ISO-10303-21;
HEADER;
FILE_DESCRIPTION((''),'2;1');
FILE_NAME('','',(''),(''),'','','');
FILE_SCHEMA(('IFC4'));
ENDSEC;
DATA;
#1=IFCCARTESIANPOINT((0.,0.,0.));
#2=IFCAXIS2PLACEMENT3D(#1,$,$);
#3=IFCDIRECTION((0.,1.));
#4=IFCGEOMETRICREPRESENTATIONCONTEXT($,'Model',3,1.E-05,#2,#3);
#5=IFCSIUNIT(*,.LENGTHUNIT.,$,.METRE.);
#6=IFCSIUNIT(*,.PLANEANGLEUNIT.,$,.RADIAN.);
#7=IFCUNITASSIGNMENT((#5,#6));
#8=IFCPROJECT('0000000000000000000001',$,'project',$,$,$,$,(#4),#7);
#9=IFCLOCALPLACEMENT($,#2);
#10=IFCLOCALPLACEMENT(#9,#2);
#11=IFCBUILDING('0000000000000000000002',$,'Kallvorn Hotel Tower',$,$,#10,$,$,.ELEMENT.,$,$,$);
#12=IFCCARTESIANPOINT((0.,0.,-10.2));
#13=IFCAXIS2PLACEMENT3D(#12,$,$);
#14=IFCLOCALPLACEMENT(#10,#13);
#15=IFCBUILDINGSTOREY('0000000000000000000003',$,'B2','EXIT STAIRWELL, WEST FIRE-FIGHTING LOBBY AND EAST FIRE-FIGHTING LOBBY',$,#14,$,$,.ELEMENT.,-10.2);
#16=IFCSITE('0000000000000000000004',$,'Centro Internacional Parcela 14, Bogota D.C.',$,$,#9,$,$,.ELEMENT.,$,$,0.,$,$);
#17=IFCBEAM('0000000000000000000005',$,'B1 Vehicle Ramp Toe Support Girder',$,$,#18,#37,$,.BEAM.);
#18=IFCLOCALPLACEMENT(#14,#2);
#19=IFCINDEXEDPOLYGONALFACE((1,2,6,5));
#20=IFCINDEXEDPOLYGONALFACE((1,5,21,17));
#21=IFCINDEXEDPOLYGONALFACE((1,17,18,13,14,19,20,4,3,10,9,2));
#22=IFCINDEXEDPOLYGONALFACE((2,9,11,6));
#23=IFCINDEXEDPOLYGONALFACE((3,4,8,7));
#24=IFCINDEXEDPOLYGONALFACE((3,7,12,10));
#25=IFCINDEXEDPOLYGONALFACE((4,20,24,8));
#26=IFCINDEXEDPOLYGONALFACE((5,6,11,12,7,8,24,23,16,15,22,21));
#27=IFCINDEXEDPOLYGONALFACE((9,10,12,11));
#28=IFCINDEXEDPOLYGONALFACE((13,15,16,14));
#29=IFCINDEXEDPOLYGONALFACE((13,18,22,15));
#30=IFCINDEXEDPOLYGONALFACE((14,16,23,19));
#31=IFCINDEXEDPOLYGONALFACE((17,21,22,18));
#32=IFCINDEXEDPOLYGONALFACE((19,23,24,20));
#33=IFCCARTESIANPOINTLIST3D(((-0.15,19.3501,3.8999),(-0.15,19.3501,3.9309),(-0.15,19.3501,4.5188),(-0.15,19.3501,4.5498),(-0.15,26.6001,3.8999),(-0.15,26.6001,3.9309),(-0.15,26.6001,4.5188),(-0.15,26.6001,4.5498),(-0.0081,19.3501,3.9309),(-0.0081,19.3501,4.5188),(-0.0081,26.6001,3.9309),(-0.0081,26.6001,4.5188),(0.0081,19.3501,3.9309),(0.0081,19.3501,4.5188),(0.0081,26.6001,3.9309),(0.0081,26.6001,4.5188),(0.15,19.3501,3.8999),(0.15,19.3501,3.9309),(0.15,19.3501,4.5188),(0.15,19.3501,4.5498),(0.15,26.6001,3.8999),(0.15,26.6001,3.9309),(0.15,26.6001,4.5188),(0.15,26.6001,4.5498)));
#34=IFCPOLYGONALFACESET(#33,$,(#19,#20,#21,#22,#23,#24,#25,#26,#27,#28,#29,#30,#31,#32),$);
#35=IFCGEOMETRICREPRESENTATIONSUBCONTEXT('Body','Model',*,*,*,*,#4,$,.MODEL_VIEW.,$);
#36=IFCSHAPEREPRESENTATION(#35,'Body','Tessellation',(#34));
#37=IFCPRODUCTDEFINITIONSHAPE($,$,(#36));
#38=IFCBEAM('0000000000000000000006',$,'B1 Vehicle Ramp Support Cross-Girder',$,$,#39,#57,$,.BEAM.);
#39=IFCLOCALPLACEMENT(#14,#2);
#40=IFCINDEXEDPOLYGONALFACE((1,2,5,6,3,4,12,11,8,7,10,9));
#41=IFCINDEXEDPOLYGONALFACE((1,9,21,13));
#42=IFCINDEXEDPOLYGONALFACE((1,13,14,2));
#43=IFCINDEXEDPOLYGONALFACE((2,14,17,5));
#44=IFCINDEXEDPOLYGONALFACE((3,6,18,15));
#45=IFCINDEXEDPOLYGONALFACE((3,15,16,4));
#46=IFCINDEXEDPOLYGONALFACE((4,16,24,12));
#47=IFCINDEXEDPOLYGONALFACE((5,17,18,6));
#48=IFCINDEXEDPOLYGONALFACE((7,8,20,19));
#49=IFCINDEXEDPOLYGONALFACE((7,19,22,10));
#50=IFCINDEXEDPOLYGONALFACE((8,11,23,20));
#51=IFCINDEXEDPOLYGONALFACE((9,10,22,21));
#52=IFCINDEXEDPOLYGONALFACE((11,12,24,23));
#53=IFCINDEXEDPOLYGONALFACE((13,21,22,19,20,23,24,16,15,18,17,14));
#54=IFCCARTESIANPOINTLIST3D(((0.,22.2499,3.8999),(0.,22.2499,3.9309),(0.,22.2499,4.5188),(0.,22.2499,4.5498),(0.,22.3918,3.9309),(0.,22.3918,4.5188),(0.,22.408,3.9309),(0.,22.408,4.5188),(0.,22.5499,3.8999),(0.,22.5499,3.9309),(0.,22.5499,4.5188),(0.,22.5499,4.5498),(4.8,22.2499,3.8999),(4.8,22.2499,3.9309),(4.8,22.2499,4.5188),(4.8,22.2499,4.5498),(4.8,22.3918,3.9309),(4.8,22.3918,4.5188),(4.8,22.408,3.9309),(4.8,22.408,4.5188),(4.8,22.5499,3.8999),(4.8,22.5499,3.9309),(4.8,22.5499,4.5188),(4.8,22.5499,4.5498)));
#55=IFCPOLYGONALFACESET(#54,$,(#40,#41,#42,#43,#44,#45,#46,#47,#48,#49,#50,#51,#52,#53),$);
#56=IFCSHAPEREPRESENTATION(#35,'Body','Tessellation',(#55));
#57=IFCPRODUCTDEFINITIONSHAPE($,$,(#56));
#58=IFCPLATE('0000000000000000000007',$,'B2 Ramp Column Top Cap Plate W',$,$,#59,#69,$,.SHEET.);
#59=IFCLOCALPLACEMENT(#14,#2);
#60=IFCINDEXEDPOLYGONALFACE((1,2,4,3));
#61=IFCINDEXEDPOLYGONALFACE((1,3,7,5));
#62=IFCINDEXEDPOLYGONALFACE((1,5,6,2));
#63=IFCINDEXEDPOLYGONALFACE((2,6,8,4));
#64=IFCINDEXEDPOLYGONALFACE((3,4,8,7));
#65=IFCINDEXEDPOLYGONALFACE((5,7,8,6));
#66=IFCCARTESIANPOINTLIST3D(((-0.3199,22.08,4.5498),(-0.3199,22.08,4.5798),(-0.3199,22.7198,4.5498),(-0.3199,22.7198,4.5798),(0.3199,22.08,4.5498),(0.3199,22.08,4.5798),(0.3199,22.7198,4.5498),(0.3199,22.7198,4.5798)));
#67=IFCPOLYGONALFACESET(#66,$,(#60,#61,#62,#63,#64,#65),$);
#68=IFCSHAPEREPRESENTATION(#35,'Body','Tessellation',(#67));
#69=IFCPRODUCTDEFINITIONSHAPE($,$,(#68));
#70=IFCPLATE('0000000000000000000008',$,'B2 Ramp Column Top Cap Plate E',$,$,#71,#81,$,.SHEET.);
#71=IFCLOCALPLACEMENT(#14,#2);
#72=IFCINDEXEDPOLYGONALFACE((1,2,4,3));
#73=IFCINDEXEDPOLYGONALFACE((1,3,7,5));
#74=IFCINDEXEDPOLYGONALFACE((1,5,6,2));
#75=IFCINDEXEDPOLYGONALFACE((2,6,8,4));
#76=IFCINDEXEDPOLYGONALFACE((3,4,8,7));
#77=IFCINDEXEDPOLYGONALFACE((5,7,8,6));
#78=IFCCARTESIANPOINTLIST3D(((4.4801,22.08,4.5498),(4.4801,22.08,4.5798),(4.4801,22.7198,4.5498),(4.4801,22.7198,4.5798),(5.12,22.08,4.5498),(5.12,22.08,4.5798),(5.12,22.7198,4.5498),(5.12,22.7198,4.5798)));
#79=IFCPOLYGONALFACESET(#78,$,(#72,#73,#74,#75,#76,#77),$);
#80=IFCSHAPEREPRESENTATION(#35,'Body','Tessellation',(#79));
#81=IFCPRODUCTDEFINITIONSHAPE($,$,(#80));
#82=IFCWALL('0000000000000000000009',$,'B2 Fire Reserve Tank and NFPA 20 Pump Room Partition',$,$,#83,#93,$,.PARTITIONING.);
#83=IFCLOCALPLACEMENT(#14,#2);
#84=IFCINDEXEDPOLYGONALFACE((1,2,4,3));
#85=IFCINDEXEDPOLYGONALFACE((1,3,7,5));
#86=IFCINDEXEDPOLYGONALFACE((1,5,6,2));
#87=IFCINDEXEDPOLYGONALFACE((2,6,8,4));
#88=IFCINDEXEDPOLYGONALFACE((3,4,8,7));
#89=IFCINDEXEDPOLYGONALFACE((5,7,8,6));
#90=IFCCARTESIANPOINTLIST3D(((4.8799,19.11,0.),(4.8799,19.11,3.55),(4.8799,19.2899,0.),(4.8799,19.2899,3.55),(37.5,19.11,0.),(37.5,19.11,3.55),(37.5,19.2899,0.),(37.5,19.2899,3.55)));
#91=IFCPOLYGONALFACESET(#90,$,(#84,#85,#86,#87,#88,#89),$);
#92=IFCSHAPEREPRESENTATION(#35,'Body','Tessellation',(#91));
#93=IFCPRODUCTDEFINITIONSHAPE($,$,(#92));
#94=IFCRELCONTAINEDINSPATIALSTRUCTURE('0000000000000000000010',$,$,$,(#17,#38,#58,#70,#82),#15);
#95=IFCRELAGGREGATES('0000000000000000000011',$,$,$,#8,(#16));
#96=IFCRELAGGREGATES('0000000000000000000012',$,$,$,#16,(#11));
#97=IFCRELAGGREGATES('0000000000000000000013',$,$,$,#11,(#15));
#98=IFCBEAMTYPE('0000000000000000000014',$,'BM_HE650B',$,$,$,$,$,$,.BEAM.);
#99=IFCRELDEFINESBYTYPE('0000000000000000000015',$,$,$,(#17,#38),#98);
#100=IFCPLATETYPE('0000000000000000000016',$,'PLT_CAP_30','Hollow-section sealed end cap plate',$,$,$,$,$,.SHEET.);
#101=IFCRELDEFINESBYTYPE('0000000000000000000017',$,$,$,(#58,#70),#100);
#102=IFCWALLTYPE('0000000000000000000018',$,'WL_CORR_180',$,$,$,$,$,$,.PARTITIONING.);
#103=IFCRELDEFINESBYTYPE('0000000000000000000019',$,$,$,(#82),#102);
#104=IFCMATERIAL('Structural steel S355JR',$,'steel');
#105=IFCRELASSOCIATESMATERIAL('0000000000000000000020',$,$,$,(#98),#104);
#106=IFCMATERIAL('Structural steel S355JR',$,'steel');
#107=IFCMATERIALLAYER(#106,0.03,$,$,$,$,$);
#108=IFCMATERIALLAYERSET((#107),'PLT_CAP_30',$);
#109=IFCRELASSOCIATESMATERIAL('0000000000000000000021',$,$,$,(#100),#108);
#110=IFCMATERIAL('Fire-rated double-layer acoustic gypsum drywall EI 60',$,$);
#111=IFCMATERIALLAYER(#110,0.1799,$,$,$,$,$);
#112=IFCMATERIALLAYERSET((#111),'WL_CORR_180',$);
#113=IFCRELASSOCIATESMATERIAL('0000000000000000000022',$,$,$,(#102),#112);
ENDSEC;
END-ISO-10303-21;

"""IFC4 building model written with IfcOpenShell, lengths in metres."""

from ifc_helpers import new_model, si_unit, direction, frame, frame_2d, origin, origin_2d, place, context, subcontext, project, spatial, rectangle, i_section, extrude, material, layer, layer_set, material_profile, profile_set, type_object, element, save


model = new_model("IFC4")

# Units and contexts
model_context = context("Model", 3, precision=1e-05, world=origin(), true_north=direction((0.0, 1.0)))
body_context = subcontext(model_context, "Body", "Model", "MODEL_VIEW")
ifc_project = project(units=[si_unit("LENGTHUNIT", "METRE"), si_unit("PLANEANGLEUNIT", "RADIAN")], contexts=[model_context])

# Site, building, storey
site_placement = place(None, origin())
site = spatial("IfcSite", under=ifc_project, at=site_placement, Name="Centro Internacional Parcela 14, Bogota D.C.", CompositionType="ELEMENT", RefElevation=0.0)
building_placement = place(site_placement, origin())
building = spatial("IfcBuilding", under=site, at=building_placement, Name="Kallvorn Hotel Tower", CompositionType="ELEMENT")
storey_placement = place(building_placement, frame((0.0, 0.0, -10.2)))
storey = spatial("IfcBuildingStorey", under=building, at=storey_placement, Name="B2", Description="EXIT STAIRWELL, WEST FIRE-FIGHTING LOBBY AND EAST FIRE-FIGHTING LOBBY", CompositionType="ELEMENT", Elevation=-10.2)

# Beams
ifc_material_1 = material(Name="Structural steel S355JR", Category="steel")
ifc_material_profile_1 = material_profile(ifc_material_1, i_section(OverallWidth=0.3, OverallDepth=0.6499, WebThickness=0.0161, FlangeThickness=0.031, at=origin_2d()), Name="HE 650 B")
ifc_profile_set_1 = profile_set([ifc_material_profile_1], Name="Structural steel S355JR")
beam_type_1 = type_object("IfcBeamType", Name="BM_HE650B", PredefinedType="BEAM", material=ifc_profile_set_1)
beam_1_placement = place(storey_placement, frame((0.0, 19.3501, 4.2249), z_axis=(0.0, 1.0, 0.0), x_axis=(-1.0, 0.0, 0.0)))
element("IfcBeam", 1, at=beam_1_placement, inside=storey, type_object=beam_type_1, Name="B1 Vehicle Ramp Toe Support Girder", PredefinedType="BEAM", context=body_context, shape_type="SweptSolid", body=[
    extrude(i_section(OverallWidth=0.3, OverallDepth=0.6499, WebThickness=0.0161, FlangeThickness=0.031, at=origin_2d()), origin(), (0.0, 0.0, 1.0), 7.25),
])
beam_2_placement = place(storey_placement, frame((0.0, 22.3999, 4.2249), z_axis=(1.0, 0.0, 0.0), x_axis=(0.0, 1.0, 0.0)))
element("IfcBeam", 2, at=beam_2_placement, inside=storey, type_object=beam_type_1, Name="B1 Vehicle Ramp Support Cross-Girder", PredefinedType="BEAM", context=body_context, shape_type="SweptSolid", body=[
    extrude(i_section(OverallWidth=0.3, OverallDepth=0.6499, WebThickness=0.0161, FlangeThickness=0.031, at=origin_2d()), origin(), (0.0, 0.0, 1.0), 4.8),
])

# Plates
ifc_material_2 = material(Name="Structural steel S355JR", Category="steel")
ifc_layer_1 = layer(ifc_material_2, 0.03)
ifc_layer_set_1 = layer_set([ifc_layer_1], Name="PLT_CAP_30")
plate_type = type_object("IfcPlateType", Name="PLT_CAP_30", Description="Hollow-section sealed end cap plate", PredefinedType="SHEET", material=ifc_layer_set_1)
for number, where, z_axis, x_axis, name in (
    (3, (0.0, 22.3999, 4.5498), (0.0, 0.0, 1.0), (1.0, 0.0, 0.0), "B2 Ramp Column Top Cap Plate W"),
    (4, (4.8, 22.3999, 4.5498), (0.0, 0.0, 1.0), (1.0, 0.0, 0.0), "B2 Ramp Column Top Cap Plate E"),
):
    element("IfcPlate", number, at=place(storey_placement, frame(where, z_axis=z_axis, x_axis=x_axis)), inside=storey, type_object=plate_type, Name=name, PredefinedType="SHEET", context=body_context, shape_type="SweptSolid", body=[
        extrude(rectangle(XDim=0.6399, YDim=0.6399, at=origin_2d()), origin(), (0.0, 0.0, 1.0), 0.03),
    ])

# Wall
ifc_material_3 = material(Name="Fire-rated double-layer acoustic gypsum drywall EI 60")
ifc_layer_2 = layer(ifc_material_3, 0.1799)
ifc_layer_set_2 = layer_set([ifc_layer_2], Name="WL_CORR_180")
wall_type = type_object("IfcWallType", Name="WL_CORR_180", PredefinedType="PARTITIONING", material=ifc_layer_set_2)
wall_placement = place(storey_placement, frame((4.8799, 19.2, 0.0), z_axis=(0.0, 0.0, 1.0), x_axis=(1.0, 0.0, 0.0)))
element("IfcWall", 5, at=wall_placement, inside=storey, type_object=wall_type, Name="B2 Fire Reserve Tank and NFPA 20 Pump Room Partition", PredefinedType="PARTITIONING", context=body_context, shape_type="SweptSolid", body=[
    extrude(rectangle(XDim=32.6201, YDim=0.1799, at=frame_2d((16.3101, 0.0))), origin(), (0.0, 0.0, 1.0), 3.55),
])

save(model, "model.ifc")
